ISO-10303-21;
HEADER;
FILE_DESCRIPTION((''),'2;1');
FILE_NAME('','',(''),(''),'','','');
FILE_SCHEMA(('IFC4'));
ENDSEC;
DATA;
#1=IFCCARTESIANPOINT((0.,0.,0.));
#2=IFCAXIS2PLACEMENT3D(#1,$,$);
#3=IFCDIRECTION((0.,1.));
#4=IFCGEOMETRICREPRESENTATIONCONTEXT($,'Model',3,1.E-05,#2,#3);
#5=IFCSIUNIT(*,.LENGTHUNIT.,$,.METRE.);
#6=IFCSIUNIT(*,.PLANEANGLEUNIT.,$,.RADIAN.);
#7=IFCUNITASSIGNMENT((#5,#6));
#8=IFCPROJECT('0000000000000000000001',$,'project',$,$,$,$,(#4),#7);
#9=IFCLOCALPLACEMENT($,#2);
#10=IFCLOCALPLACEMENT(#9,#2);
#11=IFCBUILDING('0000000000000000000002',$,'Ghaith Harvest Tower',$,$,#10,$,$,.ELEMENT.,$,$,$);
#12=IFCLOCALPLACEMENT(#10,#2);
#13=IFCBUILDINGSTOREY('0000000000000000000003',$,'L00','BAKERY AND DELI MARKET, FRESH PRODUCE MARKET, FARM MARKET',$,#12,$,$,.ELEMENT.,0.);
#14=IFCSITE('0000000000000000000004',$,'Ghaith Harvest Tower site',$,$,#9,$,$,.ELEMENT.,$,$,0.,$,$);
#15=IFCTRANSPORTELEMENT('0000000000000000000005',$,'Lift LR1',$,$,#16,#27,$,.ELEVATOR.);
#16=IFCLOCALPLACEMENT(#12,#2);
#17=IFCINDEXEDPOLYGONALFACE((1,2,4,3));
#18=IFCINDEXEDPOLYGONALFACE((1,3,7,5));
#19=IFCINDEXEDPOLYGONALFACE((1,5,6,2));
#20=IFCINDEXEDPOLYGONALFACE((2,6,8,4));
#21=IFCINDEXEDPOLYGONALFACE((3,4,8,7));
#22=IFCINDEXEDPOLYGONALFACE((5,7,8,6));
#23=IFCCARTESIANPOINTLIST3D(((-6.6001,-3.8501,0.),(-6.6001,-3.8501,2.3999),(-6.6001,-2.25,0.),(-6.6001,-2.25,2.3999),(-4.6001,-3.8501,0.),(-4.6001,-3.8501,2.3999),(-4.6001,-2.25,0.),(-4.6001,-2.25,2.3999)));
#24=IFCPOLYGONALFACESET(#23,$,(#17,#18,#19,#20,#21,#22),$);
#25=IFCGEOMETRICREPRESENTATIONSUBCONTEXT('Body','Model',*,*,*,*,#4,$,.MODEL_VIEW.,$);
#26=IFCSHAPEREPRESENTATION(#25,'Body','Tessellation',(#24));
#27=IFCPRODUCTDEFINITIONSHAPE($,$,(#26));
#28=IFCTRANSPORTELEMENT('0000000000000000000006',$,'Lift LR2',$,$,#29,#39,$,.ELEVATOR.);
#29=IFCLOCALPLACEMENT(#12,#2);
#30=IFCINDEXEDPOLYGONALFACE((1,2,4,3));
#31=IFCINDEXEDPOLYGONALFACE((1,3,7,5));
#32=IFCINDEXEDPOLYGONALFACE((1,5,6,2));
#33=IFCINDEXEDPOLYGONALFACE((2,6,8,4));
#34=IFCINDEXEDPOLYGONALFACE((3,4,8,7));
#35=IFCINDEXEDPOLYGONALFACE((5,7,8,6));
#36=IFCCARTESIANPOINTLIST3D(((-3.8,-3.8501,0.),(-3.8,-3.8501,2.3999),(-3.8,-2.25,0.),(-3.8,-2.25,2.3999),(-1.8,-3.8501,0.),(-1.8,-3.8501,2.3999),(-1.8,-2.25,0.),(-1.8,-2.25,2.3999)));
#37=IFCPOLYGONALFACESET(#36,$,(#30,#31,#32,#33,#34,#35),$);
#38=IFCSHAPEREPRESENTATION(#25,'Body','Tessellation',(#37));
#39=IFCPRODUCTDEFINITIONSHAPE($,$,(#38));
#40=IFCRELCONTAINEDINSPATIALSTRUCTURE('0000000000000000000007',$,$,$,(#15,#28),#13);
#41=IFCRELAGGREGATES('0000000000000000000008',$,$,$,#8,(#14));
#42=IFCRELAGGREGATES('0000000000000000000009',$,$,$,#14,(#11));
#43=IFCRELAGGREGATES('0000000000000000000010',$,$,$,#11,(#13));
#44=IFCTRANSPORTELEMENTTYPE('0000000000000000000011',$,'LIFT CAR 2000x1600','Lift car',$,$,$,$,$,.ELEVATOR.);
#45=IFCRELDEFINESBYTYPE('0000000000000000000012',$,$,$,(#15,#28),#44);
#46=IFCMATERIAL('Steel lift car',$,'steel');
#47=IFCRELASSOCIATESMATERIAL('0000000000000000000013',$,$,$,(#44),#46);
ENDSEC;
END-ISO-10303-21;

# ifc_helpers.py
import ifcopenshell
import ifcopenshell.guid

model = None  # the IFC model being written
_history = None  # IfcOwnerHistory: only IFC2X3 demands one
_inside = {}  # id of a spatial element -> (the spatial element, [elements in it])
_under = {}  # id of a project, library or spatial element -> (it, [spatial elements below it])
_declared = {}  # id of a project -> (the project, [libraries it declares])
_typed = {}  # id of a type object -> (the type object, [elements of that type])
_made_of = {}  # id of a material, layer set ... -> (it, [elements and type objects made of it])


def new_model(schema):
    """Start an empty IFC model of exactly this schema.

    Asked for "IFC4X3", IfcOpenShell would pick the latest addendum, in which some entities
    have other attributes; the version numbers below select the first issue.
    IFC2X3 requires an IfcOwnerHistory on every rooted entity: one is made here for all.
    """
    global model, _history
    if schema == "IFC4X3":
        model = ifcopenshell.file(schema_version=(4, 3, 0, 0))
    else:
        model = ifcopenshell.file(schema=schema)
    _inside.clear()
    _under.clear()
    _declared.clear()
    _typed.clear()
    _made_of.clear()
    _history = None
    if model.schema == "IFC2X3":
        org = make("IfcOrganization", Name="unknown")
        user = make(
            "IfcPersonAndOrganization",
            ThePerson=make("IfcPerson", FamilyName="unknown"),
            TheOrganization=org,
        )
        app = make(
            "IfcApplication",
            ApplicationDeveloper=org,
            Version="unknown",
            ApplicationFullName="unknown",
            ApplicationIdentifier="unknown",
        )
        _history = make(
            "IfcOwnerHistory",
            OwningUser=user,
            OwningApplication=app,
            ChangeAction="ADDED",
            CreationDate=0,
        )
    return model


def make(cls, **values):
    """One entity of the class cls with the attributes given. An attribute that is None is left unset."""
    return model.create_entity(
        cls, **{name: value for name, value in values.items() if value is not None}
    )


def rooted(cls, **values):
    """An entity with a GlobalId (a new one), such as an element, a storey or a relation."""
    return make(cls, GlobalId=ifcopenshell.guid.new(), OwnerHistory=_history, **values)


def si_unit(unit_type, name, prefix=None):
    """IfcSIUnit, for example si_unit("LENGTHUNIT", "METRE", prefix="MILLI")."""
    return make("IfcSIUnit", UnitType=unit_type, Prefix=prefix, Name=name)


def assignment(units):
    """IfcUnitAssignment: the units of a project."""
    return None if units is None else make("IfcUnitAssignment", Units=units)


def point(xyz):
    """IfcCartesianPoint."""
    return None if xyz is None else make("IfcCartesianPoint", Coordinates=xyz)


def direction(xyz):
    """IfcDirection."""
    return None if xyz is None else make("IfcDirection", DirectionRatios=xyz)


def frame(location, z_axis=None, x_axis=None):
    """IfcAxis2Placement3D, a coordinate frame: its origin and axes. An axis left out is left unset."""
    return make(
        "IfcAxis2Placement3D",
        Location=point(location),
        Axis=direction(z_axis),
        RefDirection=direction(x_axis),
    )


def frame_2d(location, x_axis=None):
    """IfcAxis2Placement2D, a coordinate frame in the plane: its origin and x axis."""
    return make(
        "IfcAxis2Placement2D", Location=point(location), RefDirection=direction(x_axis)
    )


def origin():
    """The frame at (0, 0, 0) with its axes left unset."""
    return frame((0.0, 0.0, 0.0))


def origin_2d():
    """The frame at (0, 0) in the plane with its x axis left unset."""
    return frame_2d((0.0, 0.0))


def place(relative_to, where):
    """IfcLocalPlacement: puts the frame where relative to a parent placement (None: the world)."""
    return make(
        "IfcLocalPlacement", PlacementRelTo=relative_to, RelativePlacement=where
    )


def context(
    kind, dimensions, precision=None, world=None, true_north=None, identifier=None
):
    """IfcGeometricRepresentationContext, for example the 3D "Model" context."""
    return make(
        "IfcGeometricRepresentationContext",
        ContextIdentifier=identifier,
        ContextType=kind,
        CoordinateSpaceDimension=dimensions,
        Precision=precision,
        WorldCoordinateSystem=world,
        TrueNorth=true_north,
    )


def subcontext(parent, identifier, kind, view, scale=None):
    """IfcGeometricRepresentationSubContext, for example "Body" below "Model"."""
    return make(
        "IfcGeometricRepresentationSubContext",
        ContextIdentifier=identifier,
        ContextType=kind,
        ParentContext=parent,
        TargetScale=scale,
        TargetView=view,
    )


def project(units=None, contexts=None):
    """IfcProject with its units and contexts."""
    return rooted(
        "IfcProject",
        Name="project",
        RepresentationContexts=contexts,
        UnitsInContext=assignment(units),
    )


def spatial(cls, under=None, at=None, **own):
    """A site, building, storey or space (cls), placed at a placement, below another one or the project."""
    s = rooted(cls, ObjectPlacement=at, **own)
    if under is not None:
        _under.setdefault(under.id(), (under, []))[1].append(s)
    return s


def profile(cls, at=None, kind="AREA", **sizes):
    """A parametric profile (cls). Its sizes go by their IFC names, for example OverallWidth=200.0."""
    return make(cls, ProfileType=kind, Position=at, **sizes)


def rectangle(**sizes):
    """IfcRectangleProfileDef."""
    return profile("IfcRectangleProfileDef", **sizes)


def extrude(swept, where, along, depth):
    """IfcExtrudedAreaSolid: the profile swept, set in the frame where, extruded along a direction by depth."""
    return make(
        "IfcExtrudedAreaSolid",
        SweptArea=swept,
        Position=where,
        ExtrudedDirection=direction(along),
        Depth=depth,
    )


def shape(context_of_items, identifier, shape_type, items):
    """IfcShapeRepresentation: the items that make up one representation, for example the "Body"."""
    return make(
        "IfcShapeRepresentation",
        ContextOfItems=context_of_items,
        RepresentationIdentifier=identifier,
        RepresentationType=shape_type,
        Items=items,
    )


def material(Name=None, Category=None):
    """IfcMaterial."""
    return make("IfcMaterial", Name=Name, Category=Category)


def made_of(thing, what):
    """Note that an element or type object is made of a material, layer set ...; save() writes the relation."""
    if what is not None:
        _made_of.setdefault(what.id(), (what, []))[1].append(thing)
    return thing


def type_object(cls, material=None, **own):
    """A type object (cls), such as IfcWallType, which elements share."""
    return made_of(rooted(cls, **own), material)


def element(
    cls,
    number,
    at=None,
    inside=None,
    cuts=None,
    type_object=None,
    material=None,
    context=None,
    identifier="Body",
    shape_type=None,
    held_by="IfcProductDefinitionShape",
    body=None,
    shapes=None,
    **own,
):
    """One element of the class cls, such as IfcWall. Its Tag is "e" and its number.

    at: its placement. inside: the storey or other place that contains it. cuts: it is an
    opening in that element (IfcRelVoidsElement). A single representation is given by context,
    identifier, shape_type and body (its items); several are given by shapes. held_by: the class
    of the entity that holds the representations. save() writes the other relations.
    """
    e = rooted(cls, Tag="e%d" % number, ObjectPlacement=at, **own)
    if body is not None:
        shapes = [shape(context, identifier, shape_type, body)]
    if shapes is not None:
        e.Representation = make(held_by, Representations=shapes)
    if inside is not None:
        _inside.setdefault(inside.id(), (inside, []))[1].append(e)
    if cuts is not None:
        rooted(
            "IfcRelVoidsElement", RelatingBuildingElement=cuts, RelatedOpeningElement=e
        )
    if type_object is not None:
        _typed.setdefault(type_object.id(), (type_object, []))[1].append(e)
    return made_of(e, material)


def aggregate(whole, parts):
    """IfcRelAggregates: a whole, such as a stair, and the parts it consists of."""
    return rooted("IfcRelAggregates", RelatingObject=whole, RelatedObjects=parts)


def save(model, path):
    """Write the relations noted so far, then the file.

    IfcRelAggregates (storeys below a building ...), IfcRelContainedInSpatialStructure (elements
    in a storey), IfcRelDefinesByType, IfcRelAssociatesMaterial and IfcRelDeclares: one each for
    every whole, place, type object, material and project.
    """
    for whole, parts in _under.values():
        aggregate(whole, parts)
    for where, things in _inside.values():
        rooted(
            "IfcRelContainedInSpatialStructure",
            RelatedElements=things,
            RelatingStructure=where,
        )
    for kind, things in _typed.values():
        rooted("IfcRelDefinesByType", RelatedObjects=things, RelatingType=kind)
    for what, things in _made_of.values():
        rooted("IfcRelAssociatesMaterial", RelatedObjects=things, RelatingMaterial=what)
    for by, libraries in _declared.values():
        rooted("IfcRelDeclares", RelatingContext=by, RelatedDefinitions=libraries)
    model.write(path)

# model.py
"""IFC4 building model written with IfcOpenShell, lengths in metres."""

from ifc_helpers import new_model, si_unit, direction, frame, origin, origin_2d, place, context, subcontext, project, spatial, rectangle, extrude, material, type_object, element, save


model = new_model("IFC4")

# Units and contexts
model_context = context("Model", 3, precision=1e-05, world=origin(), true_north=direction((0.0, 1.0)))
body_context = subcontext(model_context, "Body", "Model", "MODEL_VIEW")
ifc_project = project(units=[si_unit("LENGTHUNIT", "METRE"), si_unit("PLANEANGLEUNIT", "RADIAN")], contexts=[model_context])

# Site, building, storey
site_placement = place(None, origin())
site = spatial("IfcSite", under=ifc_project, at=site_placement, Name="Ghaith Harvest Tower site", CompositionType="ELEMENT", RefElevation=0.0)
building_placement = place(site_placement, origin())
building = spatial("IfcBuilding", under=site, at=building_placement, Name="Ghaith Harvest Tower", CompositionType="ELEMENT")
storey_placement = place(building_placement, origin())
storey = spatial("IfcBuildingStorey", under=building, at=storey_placement, Name="L00", Description="BAKERY AND DELI MARKET, FRESH PRODUCE MARKET, FARM MARKET", CompositionType="ELEMENT", Elevation=0.0)

# Transport elements
ifc_material_1 = material(Name="Steel lift car", Category="steel")
transport_element_type = type_object("IfcTransportElementType", Name="LIFT CAR 2000x1600", Description="Lift car", PredefinedType="ELEVATOR", material=ifc_material_1)
for number, where, z_axis, x_axis, name in (
    (1, (-5.6001, -3.05, 0.0), (0.0, 0.0, 1.0), (1.0, 0.0, 0.0), "Lift LR1"),
    (2, (-2.8, -3.05, 0.0), (0.0, 0.0, 1.0), (1.0, 0.0, 0.0), "Lift LR2"),
):
    element("IfcTransportElement", number, at=place(storey_placement, frame(where, z_axis=z_axis, x_axis=x_axis)), inside=storey, type_object=transport_element_type, Name=name, PredefinedType="ELEVATOR", context=body_context, shape_type="SweptSolid", body=[
        extrude(rectangle(XDim=2.0, YDim=1.6001, at=origin_2d()), origin(), (0.0, 0.0, 1.0), 2.3999),
    ])

save(model, "model.ifc")
